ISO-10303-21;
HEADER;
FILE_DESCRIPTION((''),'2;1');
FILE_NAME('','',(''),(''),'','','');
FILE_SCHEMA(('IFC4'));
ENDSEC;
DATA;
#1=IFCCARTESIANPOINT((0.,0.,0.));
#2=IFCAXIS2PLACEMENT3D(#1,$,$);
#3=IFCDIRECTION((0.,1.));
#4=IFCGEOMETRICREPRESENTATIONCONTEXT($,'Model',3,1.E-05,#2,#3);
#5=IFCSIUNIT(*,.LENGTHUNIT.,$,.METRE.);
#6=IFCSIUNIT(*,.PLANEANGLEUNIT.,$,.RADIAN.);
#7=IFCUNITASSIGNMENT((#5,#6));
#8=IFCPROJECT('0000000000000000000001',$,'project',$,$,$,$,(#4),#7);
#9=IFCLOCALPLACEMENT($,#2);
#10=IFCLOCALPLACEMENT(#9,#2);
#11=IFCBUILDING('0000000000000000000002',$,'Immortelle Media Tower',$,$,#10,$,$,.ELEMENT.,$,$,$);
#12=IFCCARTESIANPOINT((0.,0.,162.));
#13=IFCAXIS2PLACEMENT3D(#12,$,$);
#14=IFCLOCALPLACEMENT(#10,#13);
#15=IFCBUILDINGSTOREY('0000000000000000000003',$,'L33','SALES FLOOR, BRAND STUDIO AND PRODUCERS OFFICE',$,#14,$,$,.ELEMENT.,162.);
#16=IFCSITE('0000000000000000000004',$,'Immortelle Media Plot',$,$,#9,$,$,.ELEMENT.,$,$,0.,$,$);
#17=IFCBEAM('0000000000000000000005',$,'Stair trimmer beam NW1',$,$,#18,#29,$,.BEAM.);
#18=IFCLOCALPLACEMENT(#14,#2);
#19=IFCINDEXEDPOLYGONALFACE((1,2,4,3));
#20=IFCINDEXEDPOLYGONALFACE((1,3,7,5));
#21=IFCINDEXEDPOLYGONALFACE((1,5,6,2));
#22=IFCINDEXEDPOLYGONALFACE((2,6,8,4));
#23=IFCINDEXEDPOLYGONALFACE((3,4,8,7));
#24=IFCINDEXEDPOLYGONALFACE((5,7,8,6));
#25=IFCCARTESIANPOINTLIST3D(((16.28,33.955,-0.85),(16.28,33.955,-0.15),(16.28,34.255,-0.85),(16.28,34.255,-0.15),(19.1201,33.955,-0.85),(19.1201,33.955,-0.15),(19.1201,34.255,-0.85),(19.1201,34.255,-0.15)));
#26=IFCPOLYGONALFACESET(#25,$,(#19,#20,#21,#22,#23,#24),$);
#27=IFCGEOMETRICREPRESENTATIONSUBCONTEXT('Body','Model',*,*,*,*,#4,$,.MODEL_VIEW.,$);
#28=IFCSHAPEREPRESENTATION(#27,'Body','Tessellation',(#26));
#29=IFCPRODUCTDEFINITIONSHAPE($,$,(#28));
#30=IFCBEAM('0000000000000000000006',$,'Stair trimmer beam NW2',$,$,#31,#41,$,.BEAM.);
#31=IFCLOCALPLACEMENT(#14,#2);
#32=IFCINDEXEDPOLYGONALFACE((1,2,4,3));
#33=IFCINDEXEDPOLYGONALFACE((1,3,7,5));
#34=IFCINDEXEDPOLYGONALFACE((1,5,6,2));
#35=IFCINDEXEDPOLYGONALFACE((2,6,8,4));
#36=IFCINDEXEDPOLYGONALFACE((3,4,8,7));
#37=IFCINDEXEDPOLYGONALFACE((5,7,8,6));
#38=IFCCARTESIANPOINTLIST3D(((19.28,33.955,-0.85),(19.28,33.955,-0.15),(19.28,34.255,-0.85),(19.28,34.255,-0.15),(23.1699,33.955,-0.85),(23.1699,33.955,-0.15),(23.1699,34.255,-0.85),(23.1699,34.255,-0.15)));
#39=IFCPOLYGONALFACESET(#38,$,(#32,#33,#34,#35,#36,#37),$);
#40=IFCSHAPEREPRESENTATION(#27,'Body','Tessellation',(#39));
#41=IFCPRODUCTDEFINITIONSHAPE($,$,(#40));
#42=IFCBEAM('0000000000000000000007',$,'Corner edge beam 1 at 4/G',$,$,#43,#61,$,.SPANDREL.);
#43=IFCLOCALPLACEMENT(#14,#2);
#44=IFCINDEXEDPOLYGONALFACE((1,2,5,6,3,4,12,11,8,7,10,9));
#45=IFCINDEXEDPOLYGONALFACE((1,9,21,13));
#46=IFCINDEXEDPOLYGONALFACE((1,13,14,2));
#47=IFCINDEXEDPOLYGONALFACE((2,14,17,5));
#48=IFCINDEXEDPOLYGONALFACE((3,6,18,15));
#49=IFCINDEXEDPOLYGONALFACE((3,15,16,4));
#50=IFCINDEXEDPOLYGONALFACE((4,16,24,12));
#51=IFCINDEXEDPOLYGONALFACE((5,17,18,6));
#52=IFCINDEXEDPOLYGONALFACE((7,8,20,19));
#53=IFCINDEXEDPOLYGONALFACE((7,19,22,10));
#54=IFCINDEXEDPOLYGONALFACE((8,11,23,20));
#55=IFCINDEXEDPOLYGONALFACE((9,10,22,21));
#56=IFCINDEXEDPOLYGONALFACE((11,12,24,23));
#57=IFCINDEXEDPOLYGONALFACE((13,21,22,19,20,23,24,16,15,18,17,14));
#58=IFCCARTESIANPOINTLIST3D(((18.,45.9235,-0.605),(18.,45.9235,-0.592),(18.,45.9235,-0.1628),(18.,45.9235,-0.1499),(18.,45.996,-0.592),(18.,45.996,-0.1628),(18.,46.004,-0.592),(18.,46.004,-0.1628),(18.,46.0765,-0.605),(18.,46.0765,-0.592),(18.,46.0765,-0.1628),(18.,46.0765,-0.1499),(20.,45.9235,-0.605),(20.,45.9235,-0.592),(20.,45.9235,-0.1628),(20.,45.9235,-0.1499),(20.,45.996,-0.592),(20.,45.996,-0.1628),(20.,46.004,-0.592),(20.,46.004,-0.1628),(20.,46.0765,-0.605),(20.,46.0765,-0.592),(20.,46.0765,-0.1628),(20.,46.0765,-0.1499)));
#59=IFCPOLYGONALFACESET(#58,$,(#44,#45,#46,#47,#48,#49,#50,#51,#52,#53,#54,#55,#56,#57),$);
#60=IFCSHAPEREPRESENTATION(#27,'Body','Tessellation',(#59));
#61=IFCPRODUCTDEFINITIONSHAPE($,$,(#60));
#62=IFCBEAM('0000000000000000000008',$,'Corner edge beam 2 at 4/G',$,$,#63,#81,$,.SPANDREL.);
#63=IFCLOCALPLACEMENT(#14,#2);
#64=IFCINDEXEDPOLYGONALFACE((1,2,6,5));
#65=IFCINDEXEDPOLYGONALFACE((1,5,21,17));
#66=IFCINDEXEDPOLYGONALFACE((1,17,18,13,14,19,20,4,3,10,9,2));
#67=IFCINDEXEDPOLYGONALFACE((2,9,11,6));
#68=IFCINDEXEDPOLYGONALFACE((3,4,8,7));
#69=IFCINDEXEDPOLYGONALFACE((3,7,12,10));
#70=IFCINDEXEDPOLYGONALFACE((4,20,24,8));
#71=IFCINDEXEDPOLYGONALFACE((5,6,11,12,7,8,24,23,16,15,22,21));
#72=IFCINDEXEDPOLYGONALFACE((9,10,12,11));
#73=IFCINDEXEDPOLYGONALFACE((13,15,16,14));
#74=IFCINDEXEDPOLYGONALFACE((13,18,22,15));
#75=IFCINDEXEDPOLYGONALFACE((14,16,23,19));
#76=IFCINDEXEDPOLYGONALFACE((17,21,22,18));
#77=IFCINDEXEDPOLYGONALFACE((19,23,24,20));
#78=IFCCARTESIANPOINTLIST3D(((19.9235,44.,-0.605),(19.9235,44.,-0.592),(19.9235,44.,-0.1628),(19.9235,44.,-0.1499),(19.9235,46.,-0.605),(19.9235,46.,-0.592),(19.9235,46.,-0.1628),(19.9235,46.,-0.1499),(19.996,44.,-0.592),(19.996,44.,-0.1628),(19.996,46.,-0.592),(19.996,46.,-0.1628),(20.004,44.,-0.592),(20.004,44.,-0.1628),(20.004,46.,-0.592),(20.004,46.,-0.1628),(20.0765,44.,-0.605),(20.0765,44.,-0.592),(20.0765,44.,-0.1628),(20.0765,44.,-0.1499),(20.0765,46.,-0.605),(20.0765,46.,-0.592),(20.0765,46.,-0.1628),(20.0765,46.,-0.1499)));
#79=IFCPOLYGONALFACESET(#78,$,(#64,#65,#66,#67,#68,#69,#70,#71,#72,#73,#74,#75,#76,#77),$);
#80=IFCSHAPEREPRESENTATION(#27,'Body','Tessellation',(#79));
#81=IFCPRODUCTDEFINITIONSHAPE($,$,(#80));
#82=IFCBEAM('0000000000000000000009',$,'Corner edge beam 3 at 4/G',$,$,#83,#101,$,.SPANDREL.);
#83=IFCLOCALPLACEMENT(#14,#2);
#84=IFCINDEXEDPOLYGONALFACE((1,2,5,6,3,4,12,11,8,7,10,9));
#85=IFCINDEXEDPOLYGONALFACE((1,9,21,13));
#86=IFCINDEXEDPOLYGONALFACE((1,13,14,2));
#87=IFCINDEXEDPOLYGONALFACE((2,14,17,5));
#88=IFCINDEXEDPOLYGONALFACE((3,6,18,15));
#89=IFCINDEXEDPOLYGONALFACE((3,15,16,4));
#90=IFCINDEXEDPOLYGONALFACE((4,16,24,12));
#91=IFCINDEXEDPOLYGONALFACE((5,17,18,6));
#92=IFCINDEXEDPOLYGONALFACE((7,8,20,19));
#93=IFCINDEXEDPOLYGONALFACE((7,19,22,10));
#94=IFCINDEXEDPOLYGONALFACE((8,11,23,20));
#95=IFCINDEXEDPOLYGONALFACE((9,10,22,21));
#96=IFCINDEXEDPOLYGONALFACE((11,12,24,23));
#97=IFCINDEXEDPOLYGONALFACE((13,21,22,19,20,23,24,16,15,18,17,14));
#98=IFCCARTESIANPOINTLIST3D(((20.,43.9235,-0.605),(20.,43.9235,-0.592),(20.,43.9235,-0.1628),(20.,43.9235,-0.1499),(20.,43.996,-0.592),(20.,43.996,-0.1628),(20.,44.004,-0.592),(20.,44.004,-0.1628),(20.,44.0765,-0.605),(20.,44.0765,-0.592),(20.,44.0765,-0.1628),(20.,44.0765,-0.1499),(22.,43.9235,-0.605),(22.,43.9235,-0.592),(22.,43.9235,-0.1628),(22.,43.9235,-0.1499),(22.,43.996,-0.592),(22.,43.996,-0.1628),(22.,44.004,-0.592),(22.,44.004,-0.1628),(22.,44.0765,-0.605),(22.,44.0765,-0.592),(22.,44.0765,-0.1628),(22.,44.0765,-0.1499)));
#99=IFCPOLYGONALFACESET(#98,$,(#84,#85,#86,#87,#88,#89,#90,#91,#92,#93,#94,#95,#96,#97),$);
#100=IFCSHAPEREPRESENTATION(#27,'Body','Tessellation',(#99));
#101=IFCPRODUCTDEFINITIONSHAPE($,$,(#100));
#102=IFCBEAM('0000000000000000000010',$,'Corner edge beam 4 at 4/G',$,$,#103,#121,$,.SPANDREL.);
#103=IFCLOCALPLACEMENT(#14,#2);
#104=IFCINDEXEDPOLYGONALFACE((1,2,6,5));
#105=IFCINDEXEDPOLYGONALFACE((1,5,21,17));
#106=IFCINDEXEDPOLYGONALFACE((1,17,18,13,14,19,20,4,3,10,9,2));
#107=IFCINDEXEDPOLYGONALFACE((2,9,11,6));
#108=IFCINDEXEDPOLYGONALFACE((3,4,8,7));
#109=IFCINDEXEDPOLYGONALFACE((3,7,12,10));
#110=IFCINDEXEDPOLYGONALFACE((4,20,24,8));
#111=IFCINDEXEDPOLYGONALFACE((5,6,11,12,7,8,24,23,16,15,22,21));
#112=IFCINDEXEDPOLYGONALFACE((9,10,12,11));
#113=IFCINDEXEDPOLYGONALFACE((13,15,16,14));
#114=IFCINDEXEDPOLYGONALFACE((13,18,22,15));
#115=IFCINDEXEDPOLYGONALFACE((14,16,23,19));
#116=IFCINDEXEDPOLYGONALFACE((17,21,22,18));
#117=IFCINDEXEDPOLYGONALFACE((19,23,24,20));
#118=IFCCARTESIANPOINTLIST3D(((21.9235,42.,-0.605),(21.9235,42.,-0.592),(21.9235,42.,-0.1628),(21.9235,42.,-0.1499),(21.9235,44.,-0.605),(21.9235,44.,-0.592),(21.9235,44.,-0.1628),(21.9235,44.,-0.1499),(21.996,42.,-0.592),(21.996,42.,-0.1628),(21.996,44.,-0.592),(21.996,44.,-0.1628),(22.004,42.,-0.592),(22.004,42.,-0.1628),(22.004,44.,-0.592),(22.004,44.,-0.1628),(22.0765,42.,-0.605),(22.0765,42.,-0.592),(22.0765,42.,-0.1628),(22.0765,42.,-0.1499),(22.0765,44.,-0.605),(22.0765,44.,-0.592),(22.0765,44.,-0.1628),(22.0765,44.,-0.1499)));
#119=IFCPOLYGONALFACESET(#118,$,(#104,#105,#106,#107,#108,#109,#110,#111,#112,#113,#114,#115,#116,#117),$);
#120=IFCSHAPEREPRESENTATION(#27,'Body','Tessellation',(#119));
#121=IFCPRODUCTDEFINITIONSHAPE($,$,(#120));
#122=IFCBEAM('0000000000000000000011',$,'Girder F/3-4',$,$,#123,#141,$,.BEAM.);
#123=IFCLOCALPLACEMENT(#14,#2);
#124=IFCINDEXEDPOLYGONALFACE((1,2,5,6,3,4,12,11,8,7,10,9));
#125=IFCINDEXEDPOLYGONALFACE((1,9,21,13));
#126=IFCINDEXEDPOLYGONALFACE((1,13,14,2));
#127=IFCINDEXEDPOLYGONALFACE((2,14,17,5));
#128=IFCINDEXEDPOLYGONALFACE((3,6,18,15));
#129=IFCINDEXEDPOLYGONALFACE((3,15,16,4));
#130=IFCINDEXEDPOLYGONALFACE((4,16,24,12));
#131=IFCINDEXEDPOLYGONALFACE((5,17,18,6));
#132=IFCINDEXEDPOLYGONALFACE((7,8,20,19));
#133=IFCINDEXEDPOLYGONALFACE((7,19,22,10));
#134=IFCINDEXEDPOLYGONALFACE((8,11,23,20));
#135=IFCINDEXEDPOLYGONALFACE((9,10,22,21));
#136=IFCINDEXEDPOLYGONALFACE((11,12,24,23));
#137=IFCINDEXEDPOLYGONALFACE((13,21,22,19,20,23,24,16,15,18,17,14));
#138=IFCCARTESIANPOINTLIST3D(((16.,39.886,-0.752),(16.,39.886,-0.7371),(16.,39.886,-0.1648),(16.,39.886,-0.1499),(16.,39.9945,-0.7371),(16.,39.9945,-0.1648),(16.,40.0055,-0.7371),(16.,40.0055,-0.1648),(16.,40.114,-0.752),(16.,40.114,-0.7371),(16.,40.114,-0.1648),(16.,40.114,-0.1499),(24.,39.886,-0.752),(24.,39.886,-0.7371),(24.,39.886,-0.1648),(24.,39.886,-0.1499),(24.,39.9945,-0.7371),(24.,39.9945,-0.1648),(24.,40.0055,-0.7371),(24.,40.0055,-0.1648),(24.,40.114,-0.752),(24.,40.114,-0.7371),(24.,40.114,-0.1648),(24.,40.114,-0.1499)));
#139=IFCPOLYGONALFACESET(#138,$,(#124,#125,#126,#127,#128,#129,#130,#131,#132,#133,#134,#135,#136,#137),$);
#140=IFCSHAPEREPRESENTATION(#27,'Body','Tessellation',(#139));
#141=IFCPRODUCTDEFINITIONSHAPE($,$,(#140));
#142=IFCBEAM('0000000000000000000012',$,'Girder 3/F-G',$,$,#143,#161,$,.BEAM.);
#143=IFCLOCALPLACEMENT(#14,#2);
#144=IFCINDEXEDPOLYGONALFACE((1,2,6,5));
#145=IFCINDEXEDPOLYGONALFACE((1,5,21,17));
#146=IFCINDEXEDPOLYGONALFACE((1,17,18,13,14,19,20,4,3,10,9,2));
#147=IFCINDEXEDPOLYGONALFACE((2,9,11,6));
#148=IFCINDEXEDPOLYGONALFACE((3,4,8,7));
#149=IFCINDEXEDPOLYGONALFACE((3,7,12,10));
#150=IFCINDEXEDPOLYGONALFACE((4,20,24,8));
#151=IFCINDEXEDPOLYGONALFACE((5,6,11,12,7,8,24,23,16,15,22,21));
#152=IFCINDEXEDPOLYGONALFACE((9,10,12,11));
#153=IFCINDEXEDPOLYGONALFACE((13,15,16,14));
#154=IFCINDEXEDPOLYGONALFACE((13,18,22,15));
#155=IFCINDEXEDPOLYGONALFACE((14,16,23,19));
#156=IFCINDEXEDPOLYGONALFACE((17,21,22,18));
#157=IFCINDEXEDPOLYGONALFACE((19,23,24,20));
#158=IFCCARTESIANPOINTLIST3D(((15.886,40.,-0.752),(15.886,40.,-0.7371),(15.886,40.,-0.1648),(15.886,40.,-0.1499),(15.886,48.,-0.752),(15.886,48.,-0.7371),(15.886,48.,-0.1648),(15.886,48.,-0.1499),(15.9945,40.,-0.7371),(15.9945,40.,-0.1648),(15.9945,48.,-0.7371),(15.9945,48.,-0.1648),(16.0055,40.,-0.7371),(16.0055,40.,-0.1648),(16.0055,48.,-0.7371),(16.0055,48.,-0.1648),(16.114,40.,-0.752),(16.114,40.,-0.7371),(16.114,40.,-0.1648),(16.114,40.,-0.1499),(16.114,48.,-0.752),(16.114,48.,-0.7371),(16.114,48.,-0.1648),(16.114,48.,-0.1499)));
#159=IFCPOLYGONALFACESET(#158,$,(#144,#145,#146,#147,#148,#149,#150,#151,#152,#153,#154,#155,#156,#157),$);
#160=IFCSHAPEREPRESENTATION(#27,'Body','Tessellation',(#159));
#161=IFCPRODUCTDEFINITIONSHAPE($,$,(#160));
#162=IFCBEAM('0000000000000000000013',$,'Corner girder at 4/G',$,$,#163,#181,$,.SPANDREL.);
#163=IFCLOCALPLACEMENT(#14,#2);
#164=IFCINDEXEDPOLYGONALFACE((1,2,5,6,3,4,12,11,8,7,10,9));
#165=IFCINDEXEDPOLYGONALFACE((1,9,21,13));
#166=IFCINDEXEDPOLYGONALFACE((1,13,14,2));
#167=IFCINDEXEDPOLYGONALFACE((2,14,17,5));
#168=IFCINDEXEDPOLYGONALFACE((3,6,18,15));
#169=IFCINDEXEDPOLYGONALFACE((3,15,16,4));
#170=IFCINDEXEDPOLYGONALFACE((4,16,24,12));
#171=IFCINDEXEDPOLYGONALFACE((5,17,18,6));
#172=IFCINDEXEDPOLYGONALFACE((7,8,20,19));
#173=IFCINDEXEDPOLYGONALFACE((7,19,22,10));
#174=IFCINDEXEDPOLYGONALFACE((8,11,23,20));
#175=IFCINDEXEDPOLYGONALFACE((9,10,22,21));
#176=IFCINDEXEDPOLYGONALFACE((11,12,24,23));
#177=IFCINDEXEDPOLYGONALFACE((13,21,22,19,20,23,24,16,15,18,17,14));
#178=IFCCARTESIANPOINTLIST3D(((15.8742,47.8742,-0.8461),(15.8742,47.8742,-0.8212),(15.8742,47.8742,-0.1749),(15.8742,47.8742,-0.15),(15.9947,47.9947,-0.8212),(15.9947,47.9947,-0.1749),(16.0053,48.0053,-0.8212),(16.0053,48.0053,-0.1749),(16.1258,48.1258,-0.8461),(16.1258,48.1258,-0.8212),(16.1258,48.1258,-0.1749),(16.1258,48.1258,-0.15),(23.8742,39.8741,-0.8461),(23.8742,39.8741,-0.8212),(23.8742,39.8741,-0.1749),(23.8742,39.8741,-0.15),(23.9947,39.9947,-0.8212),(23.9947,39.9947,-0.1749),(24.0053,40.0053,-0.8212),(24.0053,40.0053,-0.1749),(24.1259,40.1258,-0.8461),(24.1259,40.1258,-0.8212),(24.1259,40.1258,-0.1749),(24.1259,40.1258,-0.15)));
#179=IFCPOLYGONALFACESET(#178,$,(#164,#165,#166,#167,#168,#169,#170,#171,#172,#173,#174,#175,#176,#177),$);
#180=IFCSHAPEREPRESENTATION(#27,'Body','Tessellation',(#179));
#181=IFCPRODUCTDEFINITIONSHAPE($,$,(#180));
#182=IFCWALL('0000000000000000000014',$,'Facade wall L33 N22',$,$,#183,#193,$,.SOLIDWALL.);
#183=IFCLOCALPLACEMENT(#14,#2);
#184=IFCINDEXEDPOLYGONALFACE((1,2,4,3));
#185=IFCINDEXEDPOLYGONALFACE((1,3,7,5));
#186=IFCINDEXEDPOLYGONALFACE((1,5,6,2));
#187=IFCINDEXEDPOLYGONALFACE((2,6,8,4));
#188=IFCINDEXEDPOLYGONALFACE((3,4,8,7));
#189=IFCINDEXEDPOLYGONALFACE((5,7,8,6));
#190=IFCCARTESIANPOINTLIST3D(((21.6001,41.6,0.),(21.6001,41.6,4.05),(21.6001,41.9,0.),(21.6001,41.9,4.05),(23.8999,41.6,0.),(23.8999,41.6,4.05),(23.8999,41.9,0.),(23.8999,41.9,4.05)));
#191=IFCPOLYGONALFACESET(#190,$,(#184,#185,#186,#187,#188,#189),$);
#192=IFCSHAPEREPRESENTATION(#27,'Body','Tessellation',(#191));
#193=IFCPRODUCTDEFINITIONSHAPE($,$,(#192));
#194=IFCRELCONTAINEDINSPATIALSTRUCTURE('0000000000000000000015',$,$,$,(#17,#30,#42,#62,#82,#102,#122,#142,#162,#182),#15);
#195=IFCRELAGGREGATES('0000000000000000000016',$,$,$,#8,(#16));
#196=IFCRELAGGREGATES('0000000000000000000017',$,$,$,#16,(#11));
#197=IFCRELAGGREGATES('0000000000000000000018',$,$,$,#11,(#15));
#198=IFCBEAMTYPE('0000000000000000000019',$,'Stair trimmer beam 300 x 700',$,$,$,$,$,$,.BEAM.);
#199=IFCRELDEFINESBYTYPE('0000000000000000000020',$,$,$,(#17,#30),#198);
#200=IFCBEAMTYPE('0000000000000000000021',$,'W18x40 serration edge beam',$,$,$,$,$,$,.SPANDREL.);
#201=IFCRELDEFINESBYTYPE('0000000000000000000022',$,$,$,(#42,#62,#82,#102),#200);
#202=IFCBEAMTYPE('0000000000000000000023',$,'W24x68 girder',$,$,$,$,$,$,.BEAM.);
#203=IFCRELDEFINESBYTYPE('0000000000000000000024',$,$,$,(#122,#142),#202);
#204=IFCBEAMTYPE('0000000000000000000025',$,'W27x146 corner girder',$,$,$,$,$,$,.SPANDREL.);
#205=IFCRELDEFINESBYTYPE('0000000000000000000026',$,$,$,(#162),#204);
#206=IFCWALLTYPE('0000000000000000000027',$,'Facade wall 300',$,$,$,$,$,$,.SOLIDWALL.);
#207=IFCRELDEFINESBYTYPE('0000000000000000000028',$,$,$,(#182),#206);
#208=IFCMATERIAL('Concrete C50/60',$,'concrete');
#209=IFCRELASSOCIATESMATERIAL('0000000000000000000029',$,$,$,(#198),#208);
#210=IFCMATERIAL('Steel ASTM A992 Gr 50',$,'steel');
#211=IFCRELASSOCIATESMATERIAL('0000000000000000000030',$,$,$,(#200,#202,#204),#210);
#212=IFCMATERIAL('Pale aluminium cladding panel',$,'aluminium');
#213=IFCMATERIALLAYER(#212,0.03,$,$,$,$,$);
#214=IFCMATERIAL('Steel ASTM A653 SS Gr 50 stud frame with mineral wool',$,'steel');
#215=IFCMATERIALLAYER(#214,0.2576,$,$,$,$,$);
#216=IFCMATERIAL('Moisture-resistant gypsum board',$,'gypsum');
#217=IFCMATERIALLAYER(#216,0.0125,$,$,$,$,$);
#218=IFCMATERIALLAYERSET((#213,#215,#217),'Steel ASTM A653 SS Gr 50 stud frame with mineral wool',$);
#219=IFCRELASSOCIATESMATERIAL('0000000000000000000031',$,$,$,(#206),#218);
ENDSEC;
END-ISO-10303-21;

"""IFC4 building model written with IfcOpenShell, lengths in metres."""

from ifc_helpers import new_model, si_unit, direction, frame, frame_2d, origin, origin_2d, place, context, subcontext, project, spatial, rectangle, i_section, extrude, material, layer, layer_set, material_profile, profile_set, type_object, element, save


model = new_model("IFC4")

# Units and contexts
model_context = context("Model", 3, precision=1e-05, world=origin(), true_north=direction((0.0, 1.0)))
body_context = subcontext(model_context, "Body", "Model", "MODEL_VIEW")
ifc_project = project(units=[si_unit("LENGTHUNIT", "METRE"), si_unit("PLANEANGLEUNIT", "RADIAN")], contexts=[model_context])

# Site, building, storey
site_placement = place(None, origin())
site = spatial("IfcSite", under=ifc_project, at=site_placement, Name="Immortelle Media Plot", CompositionType="ELEMENT", RefElevation=0.0)
building_placement = place(site_placement, origin())
building = spatial("IfcBuilding", under=site, at=building_placement, Name="Immortelle Media Tower", CompositionType="ELEMENT")
storey_placement = place(building_placement, frame((0.0, 0.0, 162.0)))
storey = spatial("IfcBuildingStorey", under=building, at=storey_placement, Name="L33", Description="SALES FLOOR, BRAND STUDIO AND PRODUCERS OFFICE", CompositionType="ELEMENT", Elevation=162.0)

# Beams
ifc_material_1 = material(Name="Concrete C50/60", Category="concrete")
ifc_material_profile_1 = material_profile(ifc_material_1, rectangle(XDim=0.3, YDim=0.7, at=origin_2d()), Name="RC 300x700")
ifc_profile_set_1 = profile_set([ifc_material_profile_1], Name="Concrete C50/60")
beam_type_1 = type_object("IfcBeamType", Name="Stair trimmer beam 300 x 700", PredefinedType="BEAM", material=ifc_profile_set_1)
beam_1_placement = place(storey_placement, frame((16.28, 34.105, -0.5), z_axis=(1.0, 0.0, 0.0), x_axis=(0.0, 1.0, 0.0)))
element("IfcBeam", 1, at=beam_1_placement, inside=storey, type_object=beam_type_1, Name="Stair trimmer beam NW1", PredefinedType="BEAM", context=body_context, shape_type="SweptSolid", body=[
    extrude(rectangle(XDim=0.3, YDim=0.7, at=origin_2d()), origin(), (0.0, 0.0, 1.0), 2.8401),
])
beam_2_placement = place(storey_placement, frame((19.28, 34.105, -0.5), z_axis=(1.0, 0.0, 0.0), x_axis=(0.0, 1.0, 0.0)))
element("IfcBeam", 2, at=beam_2_placement, inside=storey, type_object=beam_type_1, Name="Stair trimmer beam NW2", PredefinedType="BEAM", context=body_context, shape_type="SweptSolid", body=[
    extrude(rectangle(XDim=0.3, YDim=0.7, at=origin_2d()), origin(), (0.0, 0.0, 1.0), 3.8899),
])
ifc_material_2 = material(Name="Steel ASTM A992 Gr 50", Category="steel")
ifc_material_profile_2 = material_profile(ifc_material_2, i_section(OverallWidth=0.1531, OverallDepth=0.4551, WebThickness=0.0081, FlangeThickness=0.0129, at=origin_2d()), Name="W18x40")
ifc_profile_set_2 = profile_set([ifc_material_profile_2], Name="Steel ASTM A992 Gr 50")
beam_type_2 = type_object("IfcBeamType", Name="W18x40 serration edge beam", PredefinedType="SPANDREL", material=ifc_profile_set_2)
for number, where, z_axis, x_axis, name in (
    (3, (18.0, 46.0, -0.3774), (1.0, 0.0, 0.0), (0.0, 1.0, 0.0), "Corner edge beam 1 at 4/G"),
    (4, (20.0, 46.0, -0.3774), (0.0, -1.0, 0.0), (1.0, 0.0, 0.0), "Corner edge beam 2 at 4/G"),
    (5, (20.0, 44.0, -0.3774), (1.0, 0.0, 0.0), (0.0, 1.0, 0.0), "Corner edge beam 3 at 4/G"),
    (6, (22.0, 44.0, -0.3774), (0.0, -1.0, 0.0), (1.0, 0.0, 0.0), "Corner edge beam 4 at 4/G"),
):
    element("IfcBeam", number, at=place(storey_placement, frame(where, z_axis=z_axis, x_axis=x_axis)), inside=storey, type_object=beam_type_2, Name=name, PredefinedType="SPANDREL", context=body_context, shape_type="SweptSolid", body=[
        extrude(i_section(OverallWidth=0.1531, OverallDepth=0.4551, WebThickness=0.0081, FlangeThickness=0.0129, at=origin_2d()), origin(), (0.0, 0.0, 1.0), 2.0),
    ])
ifc_material_profile_3 = material_profile(ifc_material_2, i_section(OverallWidth=0.228, OverallDepth=0.6021, WebThickness=0.011, FlangeThickness=0.0149, at=origin_2d()), Name="W24x68")
ifc_profile_set_3 = profile_set([ifc_material_profile_3], Name="Steel ASTM A992 Gr 50")
beam_type_3 = type_object("IfcBeamType", Name="W24x68 girder", PredefinedType="BEAM", material=ifc_profile_set_3)
for number, where, z_axis, x_axis, name in (
    (7, (16.0, 40.0, -0.4509), (1.0, 0.0, 0.0), (0.0, 1.0, 0.0), "Girder F/3-4"),
    (8, (16.0, 40.0, -0.4509), (0.0, 1.0, 0.0), (-1.0, 0.0, 0.0), "Girder 3/F-G"),
):
    element("IfcBeam", number, at=place(storey_placement, frame(where, z_axis=z_axis, x_axis=x_axis)), inside=storey, type_object=beam_type_3, Name=name, PredefinedType="BEAM", context=body_context, shape_type="SweptSolid", body=[
        extrude(i_section(OverallWidth=0.228, OverallDepth=0.6021, WebThickness=0.011, FlangeThickness=0.0149, at=origin_2d()), origin(), (0.0, 0.0, 1.0), 8.0),
    ])
ifc_material_profile_4 = material_profile(ifc_material_2, i_section(OverallWidth=0.356, OverallDepth=0.696, WebThickness=0.0149, FlangeThickness=0.0249, at=origin_2d()), Name="W27x146")
ifc_profile_set_4 = profile_set([ifc_material_profile_4], Name="Steel ASTM A992 Gr 50")
beam_type_4 = type_object("IfcBeamType", Name="W27x146 corner girder", PredefinedType="SPANDREL", material=ifc_profile_set_4)
beam_3_placement = place(storey_placement, frame((16.0, 48.0, -0.498), z_axis=(0.707107, -0.707107, 0.0), x_axis=(0.707107, 0.707107, 0.0)))
element("IfcBeam", 9, at=beam_3_placement, inside=storey, type_object=beam_type_4, Name="Corner girder at 4/G", PredefinedType="SPANDREL", context=body_context, shape_type="SweptSolid", body=[
    extrude(i_section(OverallWidth=0.356, OverallDepth=0.696, WebThickness=0.0149, FlangeThickness=0.0249, at=origin_2d()), origin(), (0.0, 0.0, 1.0), 11.3137),
])

# Wall
ifc_material_3 = material(Name="Pale aluminium cladding panel", Category="aluminium")
ifc_layer_1 = layer(ifc_material_3, 0.03)
ifc_material_4 = material(Name="Steel ASTM A653 SS Gr 50 stud frame with mineral wool", Category="steel")
ifc_layer_2 = layer(ifc_material_4, 0.2576)
ifc_material_5 = material(Name="Moisture-resistant gypsum board", Category="gypsum")
ifc_layer_3 = layer(ifc_material_5, 0.0125)
ifc_layer_set_1 = layer_set([ifc_layer_1, ifc_layer_2, ifc_layer_3], Name="Steel ASTM A653 SS Gr 50 stud frame with mineral wool")
wall_type_1 = type_object("IfcWallType", Name="Facade wall 300", PredefinedType="SOLIDWALL", material=ifc_layer_set_1)
wall_1_placement = place(storey_placement, frame((23.8999, 41.75, 0.0), z_axis=(0.0, 0.0, 1.0), x_axis=(-1.0, 0.0, 0.0)))
element("IfcWall", 10, at=wall_1_placement, inside=storey, type_object=wall_type_1, Name="Facade wall L33 N22", PredefinedType="SOLIDWALL", context=body_context, shape_type="SweptSolid", body=[
    extrude(rectangle(XDim=2.2998, YDim=0.3, at=frame_2d((1.1499, 0.0))), origin(), (0.0, 0.0, 1.0), 4.05),
])

save(model, "model.ifc")
